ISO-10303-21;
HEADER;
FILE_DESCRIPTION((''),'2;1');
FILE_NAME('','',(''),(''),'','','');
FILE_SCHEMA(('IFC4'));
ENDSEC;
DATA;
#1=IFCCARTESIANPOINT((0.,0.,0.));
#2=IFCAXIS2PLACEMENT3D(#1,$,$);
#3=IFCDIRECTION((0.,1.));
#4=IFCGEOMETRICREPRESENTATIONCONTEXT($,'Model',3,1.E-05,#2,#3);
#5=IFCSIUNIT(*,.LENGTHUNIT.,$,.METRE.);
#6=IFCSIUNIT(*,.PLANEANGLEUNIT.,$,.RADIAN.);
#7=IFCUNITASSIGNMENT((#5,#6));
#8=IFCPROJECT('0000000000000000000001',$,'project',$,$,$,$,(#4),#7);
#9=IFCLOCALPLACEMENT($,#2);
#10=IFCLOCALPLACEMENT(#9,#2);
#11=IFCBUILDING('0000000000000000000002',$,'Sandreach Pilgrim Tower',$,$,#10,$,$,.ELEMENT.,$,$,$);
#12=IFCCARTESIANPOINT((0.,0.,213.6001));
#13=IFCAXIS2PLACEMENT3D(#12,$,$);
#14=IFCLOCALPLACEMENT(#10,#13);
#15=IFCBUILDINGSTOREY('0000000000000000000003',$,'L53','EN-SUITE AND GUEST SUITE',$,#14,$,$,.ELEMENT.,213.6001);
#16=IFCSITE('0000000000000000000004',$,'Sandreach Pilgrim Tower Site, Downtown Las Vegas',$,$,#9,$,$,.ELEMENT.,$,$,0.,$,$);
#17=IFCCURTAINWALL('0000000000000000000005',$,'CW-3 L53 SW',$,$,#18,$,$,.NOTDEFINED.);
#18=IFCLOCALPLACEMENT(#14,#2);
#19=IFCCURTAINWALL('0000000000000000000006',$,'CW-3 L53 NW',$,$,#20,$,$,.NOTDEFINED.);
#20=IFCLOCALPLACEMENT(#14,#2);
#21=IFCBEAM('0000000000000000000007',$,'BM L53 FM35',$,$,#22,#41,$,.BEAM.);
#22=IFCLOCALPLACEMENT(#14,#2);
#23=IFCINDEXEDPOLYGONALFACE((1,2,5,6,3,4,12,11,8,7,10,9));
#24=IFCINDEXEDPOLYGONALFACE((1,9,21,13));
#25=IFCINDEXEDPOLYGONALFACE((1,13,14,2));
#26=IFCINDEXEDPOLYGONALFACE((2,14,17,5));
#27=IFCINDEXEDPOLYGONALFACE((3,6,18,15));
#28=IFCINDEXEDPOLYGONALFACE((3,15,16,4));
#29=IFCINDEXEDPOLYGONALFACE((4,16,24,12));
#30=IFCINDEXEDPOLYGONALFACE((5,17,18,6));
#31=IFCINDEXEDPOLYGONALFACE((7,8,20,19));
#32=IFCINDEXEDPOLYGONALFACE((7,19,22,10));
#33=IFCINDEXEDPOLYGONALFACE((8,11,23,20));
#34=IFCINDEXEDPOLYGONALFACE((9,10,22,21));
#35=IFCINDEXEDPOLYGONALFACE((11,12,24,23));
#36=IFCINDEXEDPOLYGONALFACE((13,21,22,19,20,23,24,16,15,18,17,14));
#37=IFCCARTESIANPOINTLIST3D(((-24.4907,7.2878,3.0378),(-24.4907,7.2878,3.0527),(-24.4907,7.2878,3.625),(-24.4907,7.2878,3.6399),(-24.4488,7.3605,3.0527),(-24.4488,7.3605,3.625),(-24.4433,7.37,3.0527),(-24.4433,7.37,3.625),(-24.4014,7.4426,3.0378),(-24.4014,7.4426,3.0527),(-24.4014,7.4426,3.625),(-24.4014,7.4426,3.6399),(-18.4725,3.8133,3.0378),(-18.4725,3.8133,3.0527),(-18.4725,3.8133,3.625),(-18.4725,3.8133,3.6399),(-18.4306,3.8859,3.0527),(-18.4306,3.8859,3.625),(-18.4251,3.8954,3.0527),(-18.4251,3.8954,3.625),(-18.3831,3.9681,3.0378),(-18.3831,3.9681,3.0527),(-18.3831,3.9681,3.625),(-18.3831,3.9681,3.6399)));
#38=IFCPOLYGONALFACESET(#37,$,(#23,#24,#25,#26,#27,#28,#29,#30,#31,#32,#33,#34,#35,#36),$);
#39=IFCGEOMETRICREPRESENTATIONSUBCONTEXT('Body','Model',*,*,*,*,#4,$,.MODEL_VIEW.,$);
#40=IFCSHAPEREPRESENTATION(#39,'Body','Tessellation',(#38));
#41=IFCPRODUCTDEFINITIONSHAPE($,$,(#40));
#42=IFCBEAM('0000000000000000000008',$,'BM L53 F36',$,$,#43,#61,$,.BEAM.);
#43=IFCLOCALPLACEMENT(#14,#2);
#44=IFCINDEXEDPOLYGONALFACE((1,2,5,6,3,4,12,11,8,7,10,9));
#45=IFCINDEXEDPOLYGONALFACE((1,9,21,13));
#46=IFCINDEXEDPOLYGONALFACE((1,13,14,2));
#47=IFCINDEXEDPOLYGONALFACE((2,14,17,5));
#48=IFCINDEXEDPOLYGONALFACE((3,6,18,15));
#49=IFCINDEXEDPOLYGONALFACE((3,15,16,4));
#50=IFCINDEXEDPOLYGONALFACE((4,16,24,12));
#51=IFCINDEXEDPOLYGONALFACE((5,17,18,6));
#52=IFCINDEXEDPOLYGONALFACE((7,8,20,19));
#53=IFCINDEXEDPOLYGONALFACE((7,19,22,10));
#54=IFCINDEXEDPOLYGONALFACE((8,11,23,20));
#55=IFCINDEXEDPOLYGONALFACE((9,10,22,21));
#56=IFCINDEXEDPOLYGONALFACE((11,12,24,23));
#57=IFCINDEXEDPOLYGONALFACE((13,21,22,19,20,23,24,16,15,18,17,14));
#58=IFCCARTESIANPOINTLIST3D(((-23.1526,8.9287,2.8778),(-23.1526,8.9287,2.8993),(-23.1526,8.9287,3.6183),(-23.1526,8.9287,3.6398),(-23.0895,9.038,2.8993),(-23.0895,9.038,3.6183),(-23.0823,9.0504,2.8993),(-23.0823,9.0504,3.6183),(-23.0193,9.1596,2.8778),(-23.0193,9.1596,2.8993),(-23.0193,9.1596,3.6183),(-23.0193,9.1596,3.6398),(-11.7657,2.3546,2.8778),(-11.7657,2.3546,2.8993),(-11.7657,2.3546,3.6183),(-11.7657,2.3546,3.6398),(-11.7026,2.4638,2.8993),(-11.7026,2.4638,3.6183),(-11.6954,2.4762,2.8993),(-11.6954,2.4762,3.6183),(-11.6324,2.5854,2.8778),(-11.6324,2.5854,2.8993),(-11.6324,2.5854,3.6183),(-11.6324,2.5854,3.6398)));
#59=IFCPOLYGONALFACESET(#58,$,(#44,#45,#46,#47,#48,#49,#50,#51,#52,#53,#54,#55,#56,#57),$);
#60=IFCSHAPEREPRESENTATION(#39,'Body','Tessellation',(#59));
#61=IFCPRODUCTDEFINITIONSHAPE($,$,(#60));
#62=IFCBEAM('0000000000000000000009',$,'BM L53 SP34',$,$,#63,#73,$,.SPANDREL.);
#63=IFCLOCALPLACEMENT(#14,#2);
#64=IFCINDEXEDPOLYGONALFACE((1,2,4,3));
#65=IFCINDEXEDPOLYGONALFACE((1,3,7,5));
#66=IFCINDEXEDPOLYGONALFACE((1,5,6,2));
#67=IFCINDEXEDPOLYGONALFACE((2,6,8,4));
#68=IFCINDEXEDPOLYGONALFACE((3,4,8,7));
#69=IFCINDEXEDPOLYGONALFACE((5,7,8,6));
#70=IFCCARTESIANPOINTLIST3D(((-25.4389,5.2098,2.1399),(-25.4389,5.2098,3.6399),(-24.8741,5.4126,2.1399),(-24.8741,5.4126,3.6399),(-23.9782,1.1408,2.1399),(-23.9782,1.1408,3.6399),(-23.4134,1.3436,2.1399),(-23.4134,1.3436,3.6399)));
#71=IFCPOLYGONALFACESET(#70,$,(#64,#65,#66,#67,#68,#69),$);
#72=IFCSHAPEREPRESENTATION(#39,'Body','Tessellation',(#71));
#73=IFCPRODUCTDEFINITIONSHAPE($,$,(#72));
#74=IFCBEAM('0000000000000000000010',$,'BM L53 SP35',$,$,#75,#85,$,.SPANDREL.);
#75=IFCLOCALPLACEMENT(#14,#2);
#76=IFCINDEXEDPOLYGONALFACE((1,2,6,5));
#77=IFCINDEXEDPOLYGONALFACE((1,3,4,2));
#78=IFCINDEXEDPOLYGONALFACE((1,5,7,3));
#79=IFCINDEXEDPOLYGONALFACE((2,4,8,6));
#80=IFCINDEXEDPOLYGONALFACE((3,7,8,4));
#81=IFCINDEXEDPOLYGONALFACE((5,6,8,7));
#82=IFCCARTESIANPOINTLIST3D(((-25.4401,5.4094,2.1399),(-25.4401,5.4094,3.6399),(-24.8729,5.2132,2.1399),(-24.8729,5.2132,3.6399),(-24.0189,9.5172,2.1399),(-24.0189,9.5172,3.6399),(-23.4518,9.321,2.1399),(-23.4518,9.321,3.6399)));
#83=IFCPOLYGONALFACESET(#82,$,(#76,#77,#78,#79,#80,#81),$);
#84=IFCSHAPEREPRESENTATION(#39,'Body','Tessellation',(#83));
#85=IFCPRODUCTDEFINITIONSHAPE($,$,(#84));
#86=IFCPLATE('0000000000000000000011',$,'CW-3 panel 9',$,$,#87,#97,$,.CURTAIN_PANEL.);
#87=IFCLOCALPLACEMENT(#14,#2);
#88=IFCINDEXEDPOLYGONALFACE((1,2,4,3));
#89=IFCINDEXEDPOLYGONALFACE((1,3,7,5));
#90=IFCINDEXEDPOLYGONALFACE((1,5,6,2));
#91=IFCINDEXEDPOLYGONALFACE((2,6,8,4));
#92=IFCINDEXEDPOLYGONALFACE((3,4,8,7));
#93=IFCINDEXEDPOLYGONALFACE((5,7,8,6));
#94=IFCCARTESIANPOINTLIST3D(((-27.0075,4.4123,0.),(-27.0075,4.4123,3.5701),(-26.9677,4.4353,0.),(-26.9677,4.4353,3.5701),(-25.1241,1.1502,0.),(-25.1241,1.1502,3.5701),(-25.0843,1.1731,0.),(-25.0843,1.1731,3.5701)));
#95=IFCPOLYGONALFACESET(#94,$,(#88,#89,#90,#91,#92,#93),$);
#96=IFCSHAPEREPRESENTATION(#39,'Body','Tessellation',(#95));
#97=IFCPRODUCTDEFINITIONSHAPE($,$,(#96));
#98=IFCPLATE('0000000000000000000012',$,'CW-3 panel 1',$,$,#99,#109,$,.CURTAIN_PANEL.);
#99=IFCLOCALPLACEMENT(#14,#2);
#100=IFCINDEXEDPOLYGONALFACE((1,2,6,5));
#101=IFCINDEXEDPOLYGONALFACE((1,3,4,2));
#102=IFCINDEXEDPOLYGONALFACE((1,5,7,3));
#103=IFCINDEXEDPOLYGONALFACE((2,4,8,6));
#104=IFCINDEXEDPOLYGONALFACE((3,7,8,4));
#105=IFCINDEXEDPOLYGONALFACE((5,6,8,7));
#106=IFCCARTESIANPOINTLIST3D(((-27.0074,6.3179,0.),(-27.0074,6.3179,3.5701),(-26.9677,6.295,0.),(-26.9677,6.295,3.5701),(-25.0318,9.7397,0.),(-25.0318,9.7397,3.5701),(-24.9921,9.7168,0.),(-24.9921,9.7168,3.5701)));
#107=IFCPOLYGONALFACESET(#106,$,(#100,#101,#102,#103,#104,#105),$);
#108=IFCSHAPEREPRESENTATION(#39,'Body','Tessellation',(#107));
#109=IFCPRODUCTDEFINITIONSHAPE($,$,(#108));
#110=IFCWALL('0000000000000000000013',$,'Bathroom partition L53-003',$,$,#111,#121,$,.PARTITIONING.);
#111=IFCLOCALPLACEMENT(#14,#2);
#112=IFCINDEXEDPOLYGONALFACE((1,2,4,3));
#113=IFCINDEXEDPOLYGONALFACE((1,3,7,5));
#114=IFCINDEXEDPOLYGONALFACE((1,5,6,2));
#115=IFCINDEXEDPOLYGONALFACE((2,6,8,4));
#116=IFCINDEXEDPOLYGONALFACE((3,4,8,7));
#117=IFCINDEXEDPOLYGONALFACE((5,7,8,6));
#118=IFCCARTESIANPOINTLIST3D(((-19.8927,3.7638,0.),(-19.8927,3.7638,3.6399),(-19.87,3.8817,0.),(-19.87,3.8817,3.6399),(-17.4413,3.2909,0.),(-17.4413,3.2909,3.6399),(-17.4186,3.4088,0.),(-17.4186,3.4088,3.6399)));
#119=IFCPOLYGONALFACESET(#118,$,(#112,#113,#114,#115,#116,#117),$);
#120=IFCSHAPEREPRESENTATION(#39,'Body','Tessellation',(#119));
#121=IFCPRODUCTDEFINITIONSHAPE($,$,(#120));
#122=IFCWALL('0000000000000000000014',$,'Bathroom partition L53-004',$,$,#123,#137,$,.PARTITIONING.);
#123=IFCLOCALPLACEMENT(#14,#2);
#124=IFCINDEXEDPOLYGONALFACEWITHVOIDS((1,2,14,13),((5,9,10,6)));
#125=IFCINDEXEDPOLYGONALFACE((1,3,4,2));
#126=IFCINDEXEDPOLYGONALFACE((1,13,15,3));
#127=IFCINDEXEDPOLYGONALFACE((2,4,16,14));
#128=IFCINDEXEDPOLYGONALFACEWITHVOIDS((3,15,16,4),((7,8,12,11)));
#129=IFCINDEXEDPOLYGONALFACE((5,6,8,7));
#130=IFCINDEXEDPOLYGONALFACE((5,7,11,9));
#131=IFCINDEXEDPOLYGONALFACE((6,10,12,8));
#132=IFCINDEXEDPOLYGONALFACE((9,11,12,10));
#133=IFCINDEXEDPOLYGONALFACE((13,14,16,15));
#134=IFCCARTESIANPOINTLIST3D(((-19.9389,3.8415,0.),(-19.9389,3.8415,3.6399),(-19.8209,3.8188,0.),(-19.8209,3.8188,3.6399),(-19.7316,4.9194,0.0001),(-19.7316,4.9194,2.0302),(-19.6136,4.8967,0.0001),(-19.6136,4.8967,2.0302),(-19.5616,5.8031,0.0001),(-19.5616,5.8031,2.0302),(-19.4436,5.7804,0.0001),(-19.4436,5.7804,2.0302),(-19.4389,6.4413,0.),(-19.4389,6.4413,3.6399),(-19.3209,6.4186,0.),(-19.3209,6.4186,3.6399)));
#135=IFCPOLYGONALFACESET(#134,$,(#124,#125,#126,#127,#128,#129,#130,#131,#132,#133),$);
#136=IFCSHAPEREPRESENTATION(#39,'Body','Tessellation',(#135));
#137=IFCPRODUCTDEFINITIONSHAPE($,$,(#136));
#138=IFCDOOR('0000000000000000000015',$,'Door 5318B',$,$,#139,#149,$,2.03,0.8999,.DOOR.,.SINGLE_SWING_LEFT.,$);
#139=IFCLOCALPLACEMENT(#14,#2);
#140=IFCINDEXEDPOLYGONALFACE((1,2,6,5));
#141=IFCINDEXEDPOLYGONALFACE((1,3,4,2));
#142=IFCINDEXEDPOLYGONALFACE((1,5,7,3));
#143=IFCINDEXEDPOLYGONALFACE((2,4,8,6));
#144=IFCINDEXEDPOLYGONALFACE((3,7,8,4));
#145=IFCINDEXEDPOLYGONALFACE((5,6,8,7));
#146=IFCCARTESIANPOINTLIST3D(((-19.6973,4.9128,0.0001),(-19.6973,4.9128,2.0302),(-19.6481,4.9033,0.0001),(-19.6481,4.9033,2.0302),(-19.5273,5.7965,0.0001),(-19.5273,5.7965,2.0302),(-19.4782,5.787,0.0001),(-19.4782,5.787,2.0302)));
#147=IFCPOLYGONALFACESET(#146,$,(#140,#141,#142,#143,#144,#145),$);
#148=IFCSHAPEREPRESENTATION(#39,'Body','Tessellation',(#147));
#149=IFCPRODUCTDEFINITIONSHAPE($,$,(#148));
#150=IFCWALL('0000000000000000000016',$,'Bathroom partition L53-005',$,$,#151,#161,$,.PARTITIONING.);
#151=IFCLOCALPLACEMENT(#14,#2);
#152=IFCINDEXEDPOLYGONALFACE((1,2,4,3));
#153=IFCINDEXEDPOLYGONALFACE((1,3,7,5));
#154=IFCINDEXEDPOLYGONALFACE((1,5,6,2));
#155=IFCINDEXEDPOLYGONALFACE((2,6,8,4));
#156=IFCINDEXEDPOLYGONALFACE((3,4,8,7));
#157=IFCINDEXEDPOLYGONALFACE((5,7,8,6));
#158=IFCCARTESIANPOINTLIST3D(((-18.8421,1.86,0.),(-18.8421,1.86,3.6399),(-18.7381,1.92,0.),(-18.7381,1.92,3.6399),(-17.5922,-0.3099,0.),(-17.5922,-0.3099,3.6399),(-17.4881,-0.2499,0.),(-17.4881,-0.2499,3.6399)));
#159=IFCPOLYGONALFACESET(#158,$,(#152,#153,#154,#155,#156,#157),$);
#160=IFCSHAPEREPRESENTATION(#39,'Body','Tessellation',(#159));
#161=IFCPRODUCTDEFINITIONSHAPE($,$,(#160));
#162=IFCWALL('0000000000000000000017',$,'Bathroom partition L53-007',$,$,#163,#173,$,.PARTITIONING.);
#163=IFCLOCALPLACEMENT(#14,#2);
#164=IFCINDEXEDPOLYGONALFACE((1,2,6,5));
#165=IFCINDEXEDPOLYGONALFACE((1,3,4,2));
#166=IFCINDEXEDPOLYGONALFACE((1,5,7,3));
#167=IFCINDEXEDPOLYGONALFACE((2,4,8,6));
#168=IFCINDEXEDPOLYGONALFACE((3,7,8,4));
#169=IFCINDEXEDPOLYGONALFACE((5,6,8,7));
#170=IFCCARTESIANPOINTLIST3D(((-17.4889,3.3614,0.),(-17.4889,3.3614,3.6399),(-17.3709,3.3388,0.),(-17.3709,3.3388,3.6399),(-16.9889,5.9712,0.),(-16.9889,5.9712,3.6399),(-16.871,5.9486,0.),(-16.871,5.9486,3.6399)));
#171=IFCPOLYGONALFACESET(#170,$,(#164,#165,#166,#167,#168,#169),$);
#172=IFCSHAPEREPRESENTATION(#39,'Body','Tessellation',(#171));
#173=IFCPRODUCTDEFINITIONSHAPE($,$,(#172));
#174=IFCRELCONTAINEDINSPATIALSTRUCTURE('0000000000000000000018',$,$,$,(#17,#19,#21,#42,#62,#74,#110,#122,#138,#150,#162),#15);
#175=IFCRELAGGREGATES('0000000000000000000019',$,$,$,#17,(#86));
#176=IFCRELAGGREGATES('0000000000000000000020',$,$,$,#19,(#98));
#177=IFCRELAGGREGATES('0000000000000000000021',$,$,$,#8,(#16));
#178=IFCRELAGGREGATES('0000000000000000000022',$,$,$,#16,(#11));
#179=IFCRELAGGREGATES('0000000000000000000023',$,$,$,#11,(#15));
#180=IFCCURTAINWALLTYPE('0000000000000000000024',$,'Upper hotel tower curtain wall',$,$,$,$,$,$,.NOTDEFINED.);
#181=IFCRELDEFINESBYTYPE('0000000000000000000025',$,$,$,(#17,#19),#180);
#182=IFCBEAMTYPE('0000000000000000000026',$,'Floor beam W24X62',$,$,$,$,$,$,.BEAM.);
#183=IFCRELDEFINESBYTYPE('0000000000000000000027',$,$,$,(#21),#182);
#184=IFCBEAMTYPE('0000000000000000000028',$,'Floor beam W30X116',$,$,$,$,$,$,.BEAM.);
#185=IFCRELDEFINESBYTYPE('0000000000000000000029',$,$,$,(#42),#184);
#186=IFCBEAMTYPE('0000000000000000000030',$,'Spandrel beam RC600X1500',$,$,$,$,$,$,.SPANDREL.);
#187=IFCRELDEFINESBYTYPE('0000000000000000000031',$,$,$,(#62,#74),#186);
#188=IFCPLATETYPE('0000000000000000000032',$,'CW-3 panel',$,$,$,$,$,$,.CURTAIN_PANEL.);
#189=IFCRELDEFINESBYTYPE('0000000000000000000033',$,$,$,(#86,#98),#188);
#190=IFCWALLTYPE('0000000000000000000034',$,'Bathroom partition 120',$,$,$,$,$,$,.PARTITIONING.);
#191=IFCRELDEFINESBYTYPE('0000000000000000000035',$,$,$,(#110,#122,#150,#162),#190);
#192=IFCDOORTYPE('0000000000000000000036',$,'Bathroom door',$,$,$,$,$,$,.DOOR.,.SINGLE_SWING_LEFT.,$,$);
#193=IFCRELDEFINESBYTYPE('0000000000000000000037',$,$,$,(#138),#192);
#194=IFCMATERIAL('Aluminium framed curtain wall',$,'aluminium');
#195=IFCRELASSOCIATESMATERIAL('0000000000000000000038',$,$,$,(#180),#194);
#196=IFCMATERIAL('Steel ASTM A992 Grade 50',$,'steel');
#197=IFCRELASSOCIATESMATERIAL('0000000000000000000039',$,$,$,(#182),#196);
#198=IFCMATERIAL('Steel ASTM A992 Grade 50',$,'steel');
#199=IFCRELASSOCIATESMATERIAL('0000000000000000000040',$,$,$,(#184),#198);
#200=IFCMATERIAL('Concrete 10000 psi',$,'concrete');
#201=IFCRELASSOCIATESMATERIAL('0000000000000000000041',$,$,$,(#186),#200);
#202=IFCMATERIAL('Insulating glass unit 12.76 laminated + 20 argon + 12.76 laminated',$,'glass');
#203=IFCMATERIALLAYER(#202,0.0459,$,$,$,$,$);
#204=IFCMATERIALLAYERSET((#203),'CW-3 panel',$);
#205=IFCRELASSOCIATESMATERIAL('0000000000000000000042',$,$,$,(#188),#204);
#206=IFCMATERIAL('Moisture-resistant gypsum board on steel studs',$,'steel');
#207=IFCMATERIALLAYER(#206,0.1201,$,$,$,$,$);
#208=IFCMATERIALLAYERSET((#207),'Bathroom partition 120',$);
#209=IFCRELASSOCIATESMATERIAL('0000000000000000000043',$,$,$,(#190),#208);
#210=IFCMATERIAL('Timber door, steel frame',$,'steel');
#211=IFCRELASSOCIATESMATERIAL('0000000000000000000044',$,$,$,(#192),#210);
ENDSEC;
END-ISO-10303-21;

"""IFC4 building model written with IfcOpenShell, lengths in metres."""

from ifc_helpers import new_model, si_unit, direction, frame, frame_2d, origin, origin_2d, place, context, subcontext, project, spatial, rectangle, i_section, extrude, material, layer, layer_set, material_profile, profile_set, type_object, element, fill, aggregate, save


model = new_model("IFC4")

# Units and contexts
model_context = context("Model", 3, precision=1e-05, world=origin(), true_north=direction((0.0, 1.0)))
body_context = subcontext(model_context, "Body", "Model", "MODEL_VIEW")
ifc_project = project(units=[si_unit("LENGTHUNIT", "METRE"), si_unit("PLANEANGLEUNIT", "RADIAN")], contexts=[model_context])

# Site, building, storey
site_placement = place(None, origin())
site = spatial("IfcSite", under=ifc_project, at=site_placement, Name="Sandreach Pilgrim Tower Site, Downtown Las Vegas", CompositionType="ELEMENT", RefElevation=0.0)
building_placement = place(site_placement, origin())
building = spatial("IfcBuilding", under=site, at=building_placement, Name="Sandreach Pilgrim Tower", CompositionType="ELEMENT")
storey_placement = place(building_placement, frame((0.0, 0.0, 213.6001)))
storey = spatial("IfcBuildingStorey", under=building, at=storey_placement, Name="L53", Description="EN-SUITE AND GUEST SUITE", CompositionType="ELEMENT", Elevation=213.6001)

# Curtain wall
ifc_material_1 = material(Name="Aluminium framed curtain wall", Category="aluminium")
curtain_wall_type = type_object("IfcCurtainWallType", Name="Upper hotel tower curtain wall", PredefinedType="NOTDEFINED", material=ifc_material_1)
curtain_wall_1_placement = place(storey_placement, origin())
curtain_wall_1 = element("IfcCurtainWall", 1, at=curtain_wall_1_placement, inside=storey, type_object=curtain_wall_type, Name="CW-3 L53 SW", PredefinedType="NOTDEFINED")

# Curtain wall
curtain_wall_2_placement = place(storey_placement, origin())
curtain_wall_2 = element("IfcCurtainWall", 2, at=curtain_wall_2_placement, inside=storey, type_object=curtain_wall_type, Name="CW-3 L53 NW", PredefinedType="NOTDEFINED")

# Beams
ifc_material_2 = material(Name="Steel ASTM A992 Grade 50", Category="steel")
ifc_material_profile_1 = material_profile(ifc_material_2, i_section(OverallWidth=0.1787, OverallDepth=0.6021, WebThickness=0.011, FlangeThickness=0.0149, at=origin_2d()), Name="W24X62")
ifc_profile_set_1 = profile_set([ifc_material_profile_1], Name="Steel ASTM A992 Grade 50")
beam_type_1 = type_object("IfcBeamType", Name="Floor beam W24X62", PredefinedType="BEAM", material=ifc_profile_set_1)
beam_1_placement = place(storey_placement, frame((-24.446, 7.3652, 3.3389), z_axis=(0.866029, -0.499993, 0.0), x_axis=(0.499993, 0.866029, 0.0)))
element("IfcBeam", 3, at=beam_1_placement, inside=storey, type_object=beam_type_1, Name="BM L53 FM35", PredefinedType="BEAM", context=body_context, shape_type="SweptSolid", body=[
    extrude(i_section(OverallWidth=0.1787, OverallDepth=0.6021, WebThickness=0.011, FlangeThickness=0.0149, at=origin_2d()), origin(), (0.0, 0.0, 1.0), 6.9492),
])
ifc_material_3 = material(Name="Steel ASTM A992 Grade 50", Category="steel")
ifc_material_profile_2 = material_profile(ifc_material_3, i_section(OverallWidth=0.2666, OverallDepth=0.762, WebThickness=0.0144, FlangeThickness=0.0215, at=origin_2d()), Name="W30X116")
ifc_profile_set_2 = profile_set([ifc_material_profile_2], Name="Steel ASTM A992 Grade 50")
beam_type_2 = type_object("IfcBeamType", Name="Floor beam W30X116", PredefinedType="BEAM", material=ifc_profile_set_2)
beam_2_placement = place(storey_placement, frame((-23.0859, 9.0442, 3.2588), z_axis=(0.866027, -0.499997, 0.0), x_axis=(0.499997, 0.866027, 0.0)))
element("IfcBeam", 4, at=beam_2_placement, inside=storey, type_object=beam_type_2, Name="BM L53 F36", PredefinedType="BEAM", context=body_context, shape_type="SweptSolid", body=[
    extrude(i_section(OverallWidth=0.2666, OverallDepth=0.762, WebThickness=0.0144, FlangeThickness=0.0215, at=origin_2d()), origin(), (0.0, 0.0, 1.0), 13.1484),
])
ifc_material_4 = material(Name="Concrete 10000 psi", Category="concrete")
ifc_material_profile_3 = material_profile(ifc_material_4, rectangle(XDim=0.6001, YDim=1.5, at=origin_2d()), Name="RC600X1500")
ifc_profile_set_3 = profile_set([ifc_material_profile_3], Name="Concrete 10000 psi")
beam_type_3 = type_object("IfcBeamType", Name="Spandrel beam RC600X1500", PredefinedType="SPANDREL", material=ifc_profile_set_3)
beam_3_placement = place(storey_placement, frame((-23.6958, 1.2422, 2.8899), z_axis=(-0.337863, 0.941195, 0.0), x_axis=(-0.941195, -0.337863, 0.0)))
element("IfcBeam", 5, at=beam_3_placement, inside=storey, type_object=beam_type_3, Name="BM L53 SP34", PredefinedType="SPANDREL", context=body_context, shape_type="SweptSolid", body=[
    extrude(rectangle(XDim=0.6001, YDim=1.5, at=origin_2d()), origin(), (0.0, 0.0, 1.0), 4.3232),
])
beam_4_placement = place(storey_placement, frame((-25.1565, 5.3113, 2.8899), z_axis=(0.326941, 0.945045, 0.0), x_axis=(-0.945045, 0.326941, 0.0)))
element("IfcBeam", 6, at=beam_4_placement, inside=storey, type_object=beam_type_3, Name="BM L53 SP35", PredefinedType="SPANDREL", context=body_context, shape_type="SweptSolid", body=[
    extrude(rectangle(XDim=0.6001, YDim=1.5, at=origin_2d()), origin(), (0.0, 0.0, 1.0), 4.3467),
])

# Plates
ifc_material_5 = material(Name="Insulating glass unit 12.76 laminated + 20 argon + 12.76 laminated", Category="glass")
ifc_layer_1 = layer(ifc_material_5, 0.0459)
ifc_layer_set_1 = layer_set([ifc_layer_1], Name="CW-3 panel")
plate_type = type_object("IfcPlateType", Name="CW-3 panel", PredefinedType="CURTAIN_PANEL", material=ifc_layer_set_1)
plate_1_placement = place(storey_placement, frame((-26.0459, 2.7927, 0.0), z_axis=(0.0, 0.0, 1.0), x_axis=(-0.5, 0.866025, 0.0)))
plate_1 = element("IfcPlate", 7, at=plate_1_placement, type_object=plate_type, Name="CW-3 panel 9", PredefinedType="CURTAIN_PANEL", context=body_context, shape_type="SweptSolid", body=[
    extrude(rectangle(XDim=3.7668, YDim=0.0459, at=origin_2d()), origin(), (0.0, 0.0, 1.0), 3.5701),
])
aggregate(curtain_wall_1, [plate_1])
plate_2_placement = place(storey_placement, frame((-25.9998, 8.0173, 0.0), z_axis=(0.0, 0.0, 1.0), x_axis=(0.5, 0.866025, 0.0)))
plate_2 = element("IfcPlate", 8, at=plate_2_placement, type_object=plate_type, Name="CW-3 panel 1", PredefinedType="CURTAIN_PANEL", context=body_context, shape_type="SweptSolid", body=[
    extrude(rectangle(XDim=3.9512, YDim=0.0459, at=origin_2d()), origin(), (0.0, 0.0, 1.0), 3.5701),
])
aggregate(curtain_wall_2, [plate_2])

# Wall
ifc_material_6 = material(Name="Moisture-resistant gypsum board on steel studs", Category="steel")
ifc_layer_2 = layer(ifc_material_6, 0.1201)
ifc_layer_set_2 = layer_set([ifc_layer_2], Name="Bathroom partition 120")
wall_type_1 = type_object("IfcWallType", Name="Bathroom partition 120", PredefinedType="PARTITIONING", material=ifc_layer_set_2)
wall_1_placement = place(storey_placement, frame((-19.8813, 3.8228, 0.0), z_axis=(0.0, 0.0, 1.0), x_axis=(0.981897, -0.189417, 0.0)))
element("IfcWall", 9, at=wall_1_placement, inside=storey, type_object=wall_type_1, Name="Bathroom partition L53-003", PredefinedType="PARTITIONING", context=body_context, shape_type="SweptSolid", body=[
    extrude(rectangle(XDim=2.4966, YDim=0.1201, at=frame_2d((1.2483, 0.0))), origin(), (0.0, 0.0, 1.0), 3.6399),
])

# Wall, opening, door
wall_2_placement = place(storey_placement, frame((-19.3799, 6.4299, 0.0), z_axis=(0.0, 0.0, 1.0), x_axis=(-0.188858, -0.982004, 0.0)))
wall_2 = element("IfcWall", 10, at=wall_2_placement, inside=storey, type_object=wall_type_1, Name="Bathroom partition L53-004", PredefinedType="PARTITIONING", context=body_context, shape_type="SweptSolid", body=[
    extrude(rectangle(XDim=2.6475, YDim=0.1201, at=frame_2d((1.3237, 0.0))), origin(), (0.0, 0.0, 1.0), 3.6399),
])
opening_1_placement = place(wall_2_placement, frame((0.6499, 0.0, 0.0)))
opening_1 = element("IfcOpeningElement", 11, at=opening_1_placement, cuts=wall_2, PredefinedType="OPENING", context=body_context, shape_type="SweptSolid", body=[
    extrude(rectangle(XDim=0.8999, YDim=2.03, at=frame_2d((0.45, 1.0151))), frame((0.0, 0.0601, 0.0), z_axis=(0.0, -1.0, 0.0), x_axis=(1.0, 0.0, 0.0)), (0.0, 0.0, 1.0), 0.1201),
])
ifc_material_7 = material(Name="Timber door, steel frame", Category="steel")
door_type_1 = type_object("IfcDoorType", Name="Bathroom door", OperationType="SINGLE_SWING_LEFT", PredefinedType="DOOR", material=ifc_material_7)
door_1_placement = place(opening_1_placement, origin())
door_1 = element("IfcDoor", 12, at=door_1_placement, inside=storey, type_object=door_type_1, Name="Door 5318B", OperationType="SINGLE_SWING_LEFT", OverallHeight=2.03, OverallWidth=0.8999, PredefinedType="DOOR", context=body_context, shape_type="SweptSolid", body=[
    extrude(rectangle(XDim=0.8999, YDim=2.03, at=frame_2d((0.45, 1.0151))), frame((0.0, 0.0249, 0.0), z_axis=(0.0, -1.0, 0.0), x_axis=(1.0, 0.0, 0.0)), (0.0, 0.0, 1.0), 0.05),
])
fill(opening_1, door_1)

# Walls
wall_3_placement = place(storey_placement, frame((-18.79, 1.8899, 0.0), z_axis=(0.0, 0.0, 1.0), x_axis=(0.49916, -0.86651, 0.0)))
element("IfcWall", 13, at=wall_3_placement, inside=storey, type_object=wall_type_1, Name="Bathroom partition L53-005", PredefinedType="PARTITIONING", context=body_context, shape_type="SweptSolid", body=[
    extrude(rectangle(XDim=2.5042, YDim=0.1201, at=frame_2d((1.252, 0.0))), origin(), (0.0, 0.0, 1.0), 3.6399),
])
wall_4_placement = place(storey_placement, frame((-17.4299, 3.3501, 0.0), z_axis=(0.0, 0.0, 1.0), x_axis=(0.188159, 0.982139, 0.0)))
element("IfcWall", 14, at=wall_4_placement, inside=storey, type_object=wall_type_1, Name="Bathroom partition L53-007", PredefinedType="PARTITIONING", context=body_context, shape_type="SweptSolid", body=[
    extrude(rectangle(XDim=2.6572, YDim=0.1201, at=frame_2d((1.3286, 0.0))), origin(), (0.0, 0.0, 1.0), 3.6399),
])

save(model, "model.ifc")
